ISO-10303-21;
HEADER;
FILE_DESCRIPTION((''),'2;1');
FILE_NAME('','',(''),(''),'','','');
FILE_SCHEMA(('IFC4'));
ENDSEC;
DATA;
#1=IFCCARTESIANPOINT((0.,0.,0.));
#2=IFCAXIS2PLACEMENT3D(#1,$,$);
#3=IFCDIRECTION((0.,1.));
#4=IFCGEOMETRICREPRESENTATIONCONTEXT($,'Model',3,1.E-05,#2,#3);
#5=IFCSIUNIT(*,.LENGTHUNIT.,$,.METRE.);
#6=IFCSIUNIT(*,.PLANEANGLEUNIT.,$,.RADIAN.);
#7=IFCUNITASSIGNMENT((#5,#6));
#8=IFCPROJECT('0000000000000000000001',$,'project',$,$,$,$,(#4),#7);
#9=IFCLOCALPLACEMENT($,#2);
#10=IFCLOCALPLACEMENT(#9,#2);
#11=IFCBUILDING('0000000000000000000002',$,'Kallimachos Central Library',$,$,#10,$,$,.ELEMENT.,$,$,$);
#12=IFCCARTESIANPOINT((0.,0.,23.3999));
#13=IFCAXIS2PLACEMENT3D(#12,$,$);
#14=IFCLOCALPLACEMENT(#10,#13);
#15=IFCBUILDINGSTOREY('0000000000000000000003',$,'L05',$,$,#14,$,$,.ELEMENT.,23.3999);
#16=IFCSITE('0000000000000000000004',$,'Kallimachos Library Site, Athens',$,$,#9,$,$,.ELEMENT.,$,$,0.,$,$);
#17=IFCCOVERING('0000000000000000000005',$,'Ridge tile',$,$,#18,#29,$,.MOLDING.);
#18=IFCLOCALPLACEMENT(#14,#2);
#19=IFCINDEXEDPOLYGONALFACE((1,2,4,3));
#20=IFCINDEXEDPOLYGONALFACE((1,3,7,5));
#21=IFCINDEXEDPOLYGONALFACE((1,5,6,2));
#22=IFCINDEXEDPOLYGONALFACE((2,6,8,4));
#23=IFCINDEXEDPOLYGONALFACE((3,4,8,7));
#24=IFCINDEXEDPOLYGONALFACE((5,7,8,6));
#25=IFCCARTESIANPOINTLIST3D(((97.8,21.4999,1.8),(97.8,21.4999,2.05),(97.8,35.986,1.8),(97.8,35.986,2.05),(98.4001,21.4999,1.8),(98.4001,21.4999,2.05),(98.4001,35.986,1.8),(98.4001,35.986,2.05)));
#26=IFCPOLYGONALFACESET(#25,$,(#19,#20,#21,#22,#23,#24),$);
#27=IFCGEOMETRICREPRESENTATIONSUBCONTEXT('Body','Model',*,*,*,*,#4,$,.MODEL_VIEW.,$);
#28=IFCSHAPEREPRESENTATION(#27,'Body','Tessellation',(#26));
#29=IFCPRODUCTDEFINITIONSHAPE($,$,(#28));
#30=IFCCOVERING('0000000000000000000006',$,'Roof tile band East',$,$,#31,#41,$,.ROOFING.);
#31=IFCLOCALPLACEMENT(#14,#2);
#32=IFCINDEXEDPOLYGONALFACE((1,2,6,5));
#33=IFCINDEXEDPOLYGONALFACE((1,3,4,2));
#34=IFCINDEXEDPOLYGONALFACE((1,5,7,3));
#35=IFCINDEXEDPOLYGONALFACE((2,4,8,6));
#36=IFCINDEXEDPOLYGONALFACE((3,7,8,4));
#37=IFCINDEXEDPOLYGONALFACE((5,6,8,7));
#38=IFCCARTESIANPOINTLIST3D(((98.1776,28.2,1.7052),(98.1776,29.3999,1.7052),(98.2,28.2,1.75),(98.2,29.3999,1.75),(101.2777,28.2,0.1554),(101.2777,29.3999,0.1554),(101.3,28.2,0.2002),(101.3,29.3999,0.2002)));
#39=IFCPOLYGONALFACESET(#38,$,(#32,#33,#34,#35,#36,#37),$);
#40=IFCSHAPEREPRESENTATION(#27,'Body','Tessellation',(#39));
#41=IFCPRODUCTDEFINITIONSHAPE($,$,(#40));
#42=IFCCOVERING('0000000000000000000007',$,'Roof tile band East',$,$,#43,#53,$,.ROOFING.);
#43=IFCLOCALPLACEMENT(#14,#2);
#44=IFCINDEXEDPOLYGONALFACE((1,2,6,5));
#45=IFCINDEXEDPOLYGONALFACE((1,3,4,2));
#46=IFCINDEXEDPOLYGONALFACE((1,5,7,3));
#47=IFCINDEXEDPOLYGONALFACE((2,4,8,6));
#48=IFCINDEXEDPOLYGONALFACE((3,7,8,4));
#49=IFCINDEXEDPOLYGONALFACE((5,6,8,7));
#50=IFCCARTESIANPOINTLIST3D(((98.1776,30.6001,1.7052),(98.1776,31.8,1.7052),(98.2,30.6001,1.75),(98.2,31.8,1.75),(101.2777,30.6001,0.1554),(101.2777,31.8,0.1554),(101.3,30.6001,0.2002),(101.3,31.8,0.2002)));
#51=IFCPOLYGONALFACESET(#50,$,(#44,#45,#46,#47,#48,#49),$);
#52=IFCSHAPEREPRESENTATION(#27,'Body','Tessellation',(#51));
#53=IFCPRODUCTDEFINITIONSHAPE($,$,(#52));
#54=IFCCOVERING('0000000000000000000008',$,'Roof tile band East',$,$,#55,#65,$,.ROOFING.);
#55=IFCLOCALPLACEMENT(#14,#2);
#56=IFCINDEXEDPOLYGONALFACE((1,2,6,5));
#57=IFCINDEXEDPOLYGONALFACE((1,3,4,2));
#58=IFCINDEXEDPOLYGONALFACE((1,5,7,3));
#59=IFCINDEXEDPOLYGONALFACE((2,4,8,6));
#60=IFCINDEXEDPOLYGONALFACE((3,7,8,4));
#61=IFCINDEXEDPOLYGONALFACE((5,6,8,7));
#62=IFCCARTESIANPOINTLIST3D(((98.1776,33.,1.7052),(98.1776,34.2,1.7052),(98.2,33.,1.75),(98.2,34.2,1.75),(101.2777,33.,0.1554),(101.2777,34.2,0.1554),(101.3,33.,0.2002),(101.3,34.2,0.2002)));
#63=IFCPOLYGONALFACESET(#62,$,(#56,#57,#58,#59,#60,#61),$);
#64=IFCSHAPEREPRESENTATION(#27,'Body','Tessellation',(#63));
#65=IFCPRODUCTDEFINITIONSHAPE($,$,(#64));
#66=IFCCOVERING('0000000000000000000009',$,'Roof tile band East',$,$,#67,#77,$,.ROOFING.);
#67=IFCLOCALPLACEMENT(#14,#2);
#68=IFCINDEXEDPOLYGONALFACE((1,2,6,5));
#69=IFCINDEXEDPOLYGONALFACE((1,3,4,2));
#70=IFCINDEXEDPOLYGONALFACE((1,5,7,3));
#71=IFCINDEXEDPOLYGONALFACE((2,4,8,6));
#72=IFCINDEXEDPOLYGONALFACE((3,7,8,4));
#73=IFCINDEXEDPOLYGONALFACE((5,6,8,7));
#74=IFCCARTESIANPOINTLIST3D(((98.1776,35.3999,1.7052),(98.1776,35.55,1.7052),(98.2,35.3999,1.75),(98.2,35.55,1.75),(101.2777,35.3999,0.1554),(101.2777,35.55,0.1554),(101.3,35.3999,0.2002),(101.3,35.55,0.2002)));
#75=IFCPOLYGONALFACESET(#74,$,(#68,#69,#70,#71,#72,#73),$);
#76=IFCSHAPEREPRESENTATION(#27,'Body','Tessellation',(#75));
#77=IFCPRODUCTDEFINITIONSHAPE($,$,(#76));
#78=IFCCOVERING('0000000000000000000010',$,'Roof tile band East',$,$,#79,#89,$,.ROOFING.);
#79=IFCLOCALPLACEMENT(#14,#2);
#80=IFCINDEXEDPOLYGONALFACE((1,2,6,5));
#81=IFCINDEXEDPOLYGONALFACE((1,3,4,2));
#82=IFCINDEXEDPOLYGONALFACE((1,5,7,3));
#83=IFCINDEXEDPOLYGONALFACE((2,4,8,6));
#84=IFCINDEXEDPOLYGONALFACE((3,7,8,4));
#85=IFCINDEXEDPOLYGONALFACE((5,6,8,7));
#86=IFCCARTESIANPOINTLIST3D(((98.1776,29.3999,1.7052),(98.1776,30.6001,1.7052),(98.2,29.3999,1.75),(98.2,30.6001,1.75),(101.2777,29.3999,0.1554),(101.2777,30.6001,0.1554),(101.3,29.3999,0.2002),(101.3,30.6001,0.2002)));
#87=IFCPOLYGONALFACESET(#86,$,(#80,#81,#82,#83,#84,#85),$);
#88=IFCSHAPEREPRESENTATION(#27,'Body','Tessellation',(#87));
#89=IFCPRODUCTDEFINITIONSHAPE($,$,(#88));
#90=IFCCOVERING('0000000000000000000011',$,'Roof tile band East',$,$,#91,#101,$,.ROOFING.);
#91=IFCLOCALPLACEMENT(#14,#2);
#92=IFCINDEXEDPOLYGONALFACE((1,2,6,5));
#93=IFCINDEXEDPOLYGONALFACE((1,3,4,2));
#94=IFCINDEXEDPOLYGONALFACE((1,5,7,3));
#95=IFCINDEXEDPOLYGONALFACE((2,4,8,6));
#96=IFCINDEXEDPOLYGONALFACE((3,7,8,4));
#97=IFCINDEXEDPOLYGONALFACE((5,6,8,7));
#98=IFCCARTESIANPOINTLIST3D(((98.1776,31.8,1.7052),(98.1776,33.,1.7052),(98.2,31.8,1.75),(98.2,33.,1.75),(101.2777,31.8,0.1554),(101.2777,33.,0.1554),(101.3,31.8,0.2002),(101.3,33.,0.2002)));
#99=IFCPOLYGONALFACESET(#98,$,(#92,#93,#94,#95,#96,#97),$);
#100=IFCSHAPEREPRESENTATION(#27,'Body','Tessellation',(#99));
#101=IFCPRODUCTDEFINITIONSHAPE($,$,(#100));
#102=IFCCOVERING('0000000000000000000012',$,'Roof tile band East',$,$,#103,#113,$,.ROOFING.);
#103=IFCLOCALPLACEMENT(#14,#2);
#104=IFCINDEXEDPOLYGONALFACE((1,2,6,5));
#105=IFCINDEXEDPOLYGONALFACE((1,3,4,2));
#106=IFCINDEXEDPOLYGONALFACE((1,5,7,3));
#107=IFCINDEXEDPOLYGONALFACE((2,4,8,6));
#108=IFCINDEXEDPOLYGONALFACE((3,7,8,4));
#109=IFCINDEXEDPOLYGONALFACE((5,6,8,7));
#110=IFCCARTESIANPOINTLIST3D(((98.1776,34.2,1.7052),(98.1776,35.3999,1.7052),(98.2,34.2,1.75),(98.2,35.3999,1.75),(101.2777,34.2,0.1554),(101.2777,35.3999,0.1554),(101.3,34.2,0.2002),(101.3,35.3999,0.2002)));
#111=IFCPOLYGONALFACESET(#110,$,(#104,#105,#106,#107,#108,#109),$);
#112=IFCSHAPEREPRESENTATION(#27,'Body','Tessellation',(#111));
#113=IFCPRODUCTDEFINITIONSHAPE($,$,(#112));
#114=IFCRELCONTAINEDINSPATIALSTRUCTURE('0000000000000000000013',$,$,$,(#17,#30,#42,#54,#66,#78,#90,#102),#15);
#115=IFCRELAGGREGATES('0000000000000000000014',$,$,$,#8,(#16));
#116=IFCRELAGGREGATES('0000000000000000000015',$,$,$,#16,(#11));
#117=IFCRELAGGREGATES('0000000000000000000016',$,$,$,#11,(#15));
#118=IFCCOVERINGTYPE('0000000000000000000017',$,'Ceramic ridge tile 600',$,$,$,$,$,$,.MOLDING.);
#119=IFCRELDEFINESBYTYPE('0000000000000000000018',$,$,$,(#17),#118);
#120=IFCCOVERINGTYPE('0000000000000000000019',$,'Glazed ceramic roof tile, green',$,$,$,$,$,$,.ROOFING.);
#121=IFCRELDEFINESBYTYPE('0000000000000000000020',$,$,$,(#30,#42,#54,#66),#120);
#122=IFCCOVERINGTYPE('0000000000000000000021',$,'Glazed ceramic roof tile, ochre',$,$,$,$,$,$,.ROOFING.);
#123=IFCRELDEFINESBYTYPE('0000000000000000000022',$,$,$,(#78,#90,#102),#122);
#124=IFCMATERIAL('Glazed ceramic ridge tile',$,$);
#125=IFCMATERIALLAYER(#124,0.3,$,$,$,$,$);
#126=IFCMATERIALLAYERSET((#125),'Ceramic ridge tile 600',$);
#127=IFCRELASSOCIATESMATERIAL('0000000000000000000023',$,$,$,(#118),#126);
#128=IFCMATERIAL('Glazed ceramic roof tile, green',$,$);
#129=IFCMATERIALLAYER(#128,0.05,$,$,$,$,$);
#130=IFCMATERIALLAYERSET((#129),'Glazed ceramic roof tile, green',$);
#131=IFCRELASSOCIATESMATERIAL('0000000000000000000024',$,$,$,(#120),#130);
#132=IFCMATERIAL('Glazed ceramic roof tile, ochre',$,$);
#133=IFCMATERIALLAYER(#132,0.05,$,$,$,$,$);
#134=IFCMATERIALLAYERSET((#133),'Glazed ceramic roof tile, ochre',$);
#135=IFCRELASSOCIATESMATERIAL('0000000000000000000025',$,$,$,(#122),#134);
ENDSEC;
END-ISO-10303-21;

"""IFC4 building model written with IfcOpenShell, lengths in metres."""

from ifc_helpers import new_model, si_unit, direction, frame, origin, origin_2d, place, context, subcontext, project, spatial, polyline, rectangle, outline, extrude, material, layer, layer_set, type_object, element, save


model = new_model("IFC4")

# Units and contexts
model_context = context("Model", 3, precision=1e-05, world=origin(), true_north=direction((0.0, 1.0)))
body_context = subcontext(model_context, "Body", "Model", "MODEL_VIEW")
ifc_project = project(units=[si_unit("LENGTHUNIT", "METRE"), si_unit("PLANEANGLEUNIT", "RADIAN")], contexts=[model_context])

# Site, building, storey
site_placement = place(None, origin())
site = spatial("IfcSite", under=ifc_project, at=site_placement, Name="Kallimachos Library Site, Athens", CompositionType="ELEMENT", RefElevation=0.0)
building_placement = place(site_placement, origin())
building = spatial("IfcBuilding", under=site, at=building_placement, Name="Kallimachos Central Library", CompositionType="ELEMENT")
storey_placement = place(building_placement, frame((0.0, 0.0, 23.3999)))
storey = spatial("IfcBuildingStorey", under=building, at=storey_placement, Name="L05", CompositionType="ELEMENT", Elevation=23.3999)

# Coverings
ifc_material_1 = material(Name="Glazed ceramic ridge tile")
ifc_layer_1 = layer(ifc_material_1, 0.3)
ifc_layer_set_1 = layer_set([ifc_layer_1], Name="Ceramic ridge tile 600")
covering_type_1 = type_object("IfcCoveringType", Name="Ceramic ridge tile 600", PredefinedType="MOLDING", material=ifc_layer_set_1)
covering_1_placement = place(storey_placement, frame((98.1001, 28.7429, 1.8), z_axis=(0.0, 0.0, 1.0), x_axis=(1.0, 0.0, 0.0)))
element("IfcCovering", 1, at=covering_1_placement, inside=storey, type_object=covering_type_1, Name="Ridge tile", PredefinedType="MOLDING", context=body_context, shape_type="SweptSolid", body=[
    extrude(rectangle(XDim=0.6001, YDim=14.4861, at=origin_2d()), origin(), (0.0, 0.0, 1.0), 0.25),
])
ifc_material_2 = material(Name="Glazed ceramic roof tile, green")
ifc_layer_2 = layer(ifc_material_2, 0.05)
ifc_layer_set_2 = layer_set([ifc_layer_2], Name="Glazed ceramic roof tile, green")
covering_type_2 = type_object("IfcCoveringType", Name="Glazed ceramic roof tile, green", PredefinedType="ROOFING", material=ifc_layer_set_2)
for number, where, z_axis, x_axis, name in (
    (2, (101.3, 28.2, 0.2002), (0.447157, 0.0, 0.894455), (-0.894455, 0.0, 0.447157), "Roof tile band East"),
    (3, (101.3, 30.6001, 0.2002), (0.447157, 0.0, 0.894455), (-0.894455, 0.0, 0.447157), "Roof tile band East"),
    (4, (101.3, 33.0, 0.2002), (0.447157, 0.0, 0.894455), (-0.894455, 0.0, 0.447157), "Roof tile band East"),
):
    element("IfcCovering", number, at=place(storey_placement, frame(where, z_axis=z_axis, x_axis=x_axis)), inside=storey, type_object=covering_type_2, Name=name, PredefinedType="ROOFING", context=body_context, shape_type="SweptSolid", body=[
        extrude(outline(polyline([(0.0, 0.0), (3.4659, 0.0), (3.4659, -1.2), (0.0, -1.2), (0.0, 0.0)])), origin(), (0.0, 0.0, -1.0), 0.05),
    ])
covering_2_placement = place(storey_placement, frame((98.2, 35.55, 1.75), z_axis=(0.447157, 0.0, 0.894455), x_axis=(0.894455, 0.0, -0.447157)))
element("IfcCovering", 5, at=covering_2_placement, inside=storey, type_object=covering_type_2, Name="Roof tile band East", PredefinedType="ROOFING", context=body_context, shape_type="SweptSolid", body=[
    extrude(outline(polyline([(0.0, 0.0), (3.4659, 0.0), (3.4659, -0.1501), (0.0, -0.1501), (0.0, 0.0)])), origin(), (0.0, 0.0, -1.0), 0.05),
])
ifc_material_3 = material(Name="Glazed ceramic roof tile, ochre")
ifc_layer_3 = layer(ifc_material_3, 0.05)
ifc_layer_set_3 = layer_set([ifc_layer_3], Name="Glazed ceramic roof tile, ochre")
covering_type_3 = type_object("IfcCoveringType", Name="Glazed ceramic roof tile, ochre", PredefinedType="ROOFING", material=ifc_layer_set_3)
covering_3_placement = place(storey_placement, frame((101.3, 29.3999, 0.2002), z_axis=(0.447157, 0.0, 0.894455), x_axis=(-0.894455, 0.0, 0.447157)))
element("IfcCovering", 6, at=covering_3_placement, inside=storey, type_object=covering_type_3, Name="Roof tile band East", PredefinedType="ROOFING", context=body_context, shape_type="SweptSolid", body=[
    extrude(outline(polyline([(0.0, 0.0), (3.4659, 0.0), (3.4659, -1.2002), (0.0, -1.2002), (0.0, 0.0)])), origin(), (0.0, 0.0, -1.0), 0.05),
])
for number, where, z_axis, x_axis, name in (
    (7, (101.3, 31.8, 0.2002), (0.447157, 0.0, 0.894455), (-0.894455, 0.0, 0.447157), "Roof tile band East"),
    (8, (101.3, 34.2, 0.2002), (0.447157, 0.0, 0.894455), (-0.894455, 0.0, 0.447157), "Roof tile band East"),
):
    element("IfcCovering", number, at=place(storey_placement, frame(where, z_axis=z_axis, x_axis=x_axis)), inside=storey, type_object=covering_type_3, Name=name, PredefinedType="ROOFING", context=body_context, shape_type="SweptSolid", body=[
        extrude(outline(polyline([(0.0, 0.0), (3.4659, 0.0), (3.4659, -1.2), (0.0, -1.2), (0.0, 0.0)])), origin(), (0.0, 0.0, -1.0), 0.05),
    ])

save(model, "model.ifc")
